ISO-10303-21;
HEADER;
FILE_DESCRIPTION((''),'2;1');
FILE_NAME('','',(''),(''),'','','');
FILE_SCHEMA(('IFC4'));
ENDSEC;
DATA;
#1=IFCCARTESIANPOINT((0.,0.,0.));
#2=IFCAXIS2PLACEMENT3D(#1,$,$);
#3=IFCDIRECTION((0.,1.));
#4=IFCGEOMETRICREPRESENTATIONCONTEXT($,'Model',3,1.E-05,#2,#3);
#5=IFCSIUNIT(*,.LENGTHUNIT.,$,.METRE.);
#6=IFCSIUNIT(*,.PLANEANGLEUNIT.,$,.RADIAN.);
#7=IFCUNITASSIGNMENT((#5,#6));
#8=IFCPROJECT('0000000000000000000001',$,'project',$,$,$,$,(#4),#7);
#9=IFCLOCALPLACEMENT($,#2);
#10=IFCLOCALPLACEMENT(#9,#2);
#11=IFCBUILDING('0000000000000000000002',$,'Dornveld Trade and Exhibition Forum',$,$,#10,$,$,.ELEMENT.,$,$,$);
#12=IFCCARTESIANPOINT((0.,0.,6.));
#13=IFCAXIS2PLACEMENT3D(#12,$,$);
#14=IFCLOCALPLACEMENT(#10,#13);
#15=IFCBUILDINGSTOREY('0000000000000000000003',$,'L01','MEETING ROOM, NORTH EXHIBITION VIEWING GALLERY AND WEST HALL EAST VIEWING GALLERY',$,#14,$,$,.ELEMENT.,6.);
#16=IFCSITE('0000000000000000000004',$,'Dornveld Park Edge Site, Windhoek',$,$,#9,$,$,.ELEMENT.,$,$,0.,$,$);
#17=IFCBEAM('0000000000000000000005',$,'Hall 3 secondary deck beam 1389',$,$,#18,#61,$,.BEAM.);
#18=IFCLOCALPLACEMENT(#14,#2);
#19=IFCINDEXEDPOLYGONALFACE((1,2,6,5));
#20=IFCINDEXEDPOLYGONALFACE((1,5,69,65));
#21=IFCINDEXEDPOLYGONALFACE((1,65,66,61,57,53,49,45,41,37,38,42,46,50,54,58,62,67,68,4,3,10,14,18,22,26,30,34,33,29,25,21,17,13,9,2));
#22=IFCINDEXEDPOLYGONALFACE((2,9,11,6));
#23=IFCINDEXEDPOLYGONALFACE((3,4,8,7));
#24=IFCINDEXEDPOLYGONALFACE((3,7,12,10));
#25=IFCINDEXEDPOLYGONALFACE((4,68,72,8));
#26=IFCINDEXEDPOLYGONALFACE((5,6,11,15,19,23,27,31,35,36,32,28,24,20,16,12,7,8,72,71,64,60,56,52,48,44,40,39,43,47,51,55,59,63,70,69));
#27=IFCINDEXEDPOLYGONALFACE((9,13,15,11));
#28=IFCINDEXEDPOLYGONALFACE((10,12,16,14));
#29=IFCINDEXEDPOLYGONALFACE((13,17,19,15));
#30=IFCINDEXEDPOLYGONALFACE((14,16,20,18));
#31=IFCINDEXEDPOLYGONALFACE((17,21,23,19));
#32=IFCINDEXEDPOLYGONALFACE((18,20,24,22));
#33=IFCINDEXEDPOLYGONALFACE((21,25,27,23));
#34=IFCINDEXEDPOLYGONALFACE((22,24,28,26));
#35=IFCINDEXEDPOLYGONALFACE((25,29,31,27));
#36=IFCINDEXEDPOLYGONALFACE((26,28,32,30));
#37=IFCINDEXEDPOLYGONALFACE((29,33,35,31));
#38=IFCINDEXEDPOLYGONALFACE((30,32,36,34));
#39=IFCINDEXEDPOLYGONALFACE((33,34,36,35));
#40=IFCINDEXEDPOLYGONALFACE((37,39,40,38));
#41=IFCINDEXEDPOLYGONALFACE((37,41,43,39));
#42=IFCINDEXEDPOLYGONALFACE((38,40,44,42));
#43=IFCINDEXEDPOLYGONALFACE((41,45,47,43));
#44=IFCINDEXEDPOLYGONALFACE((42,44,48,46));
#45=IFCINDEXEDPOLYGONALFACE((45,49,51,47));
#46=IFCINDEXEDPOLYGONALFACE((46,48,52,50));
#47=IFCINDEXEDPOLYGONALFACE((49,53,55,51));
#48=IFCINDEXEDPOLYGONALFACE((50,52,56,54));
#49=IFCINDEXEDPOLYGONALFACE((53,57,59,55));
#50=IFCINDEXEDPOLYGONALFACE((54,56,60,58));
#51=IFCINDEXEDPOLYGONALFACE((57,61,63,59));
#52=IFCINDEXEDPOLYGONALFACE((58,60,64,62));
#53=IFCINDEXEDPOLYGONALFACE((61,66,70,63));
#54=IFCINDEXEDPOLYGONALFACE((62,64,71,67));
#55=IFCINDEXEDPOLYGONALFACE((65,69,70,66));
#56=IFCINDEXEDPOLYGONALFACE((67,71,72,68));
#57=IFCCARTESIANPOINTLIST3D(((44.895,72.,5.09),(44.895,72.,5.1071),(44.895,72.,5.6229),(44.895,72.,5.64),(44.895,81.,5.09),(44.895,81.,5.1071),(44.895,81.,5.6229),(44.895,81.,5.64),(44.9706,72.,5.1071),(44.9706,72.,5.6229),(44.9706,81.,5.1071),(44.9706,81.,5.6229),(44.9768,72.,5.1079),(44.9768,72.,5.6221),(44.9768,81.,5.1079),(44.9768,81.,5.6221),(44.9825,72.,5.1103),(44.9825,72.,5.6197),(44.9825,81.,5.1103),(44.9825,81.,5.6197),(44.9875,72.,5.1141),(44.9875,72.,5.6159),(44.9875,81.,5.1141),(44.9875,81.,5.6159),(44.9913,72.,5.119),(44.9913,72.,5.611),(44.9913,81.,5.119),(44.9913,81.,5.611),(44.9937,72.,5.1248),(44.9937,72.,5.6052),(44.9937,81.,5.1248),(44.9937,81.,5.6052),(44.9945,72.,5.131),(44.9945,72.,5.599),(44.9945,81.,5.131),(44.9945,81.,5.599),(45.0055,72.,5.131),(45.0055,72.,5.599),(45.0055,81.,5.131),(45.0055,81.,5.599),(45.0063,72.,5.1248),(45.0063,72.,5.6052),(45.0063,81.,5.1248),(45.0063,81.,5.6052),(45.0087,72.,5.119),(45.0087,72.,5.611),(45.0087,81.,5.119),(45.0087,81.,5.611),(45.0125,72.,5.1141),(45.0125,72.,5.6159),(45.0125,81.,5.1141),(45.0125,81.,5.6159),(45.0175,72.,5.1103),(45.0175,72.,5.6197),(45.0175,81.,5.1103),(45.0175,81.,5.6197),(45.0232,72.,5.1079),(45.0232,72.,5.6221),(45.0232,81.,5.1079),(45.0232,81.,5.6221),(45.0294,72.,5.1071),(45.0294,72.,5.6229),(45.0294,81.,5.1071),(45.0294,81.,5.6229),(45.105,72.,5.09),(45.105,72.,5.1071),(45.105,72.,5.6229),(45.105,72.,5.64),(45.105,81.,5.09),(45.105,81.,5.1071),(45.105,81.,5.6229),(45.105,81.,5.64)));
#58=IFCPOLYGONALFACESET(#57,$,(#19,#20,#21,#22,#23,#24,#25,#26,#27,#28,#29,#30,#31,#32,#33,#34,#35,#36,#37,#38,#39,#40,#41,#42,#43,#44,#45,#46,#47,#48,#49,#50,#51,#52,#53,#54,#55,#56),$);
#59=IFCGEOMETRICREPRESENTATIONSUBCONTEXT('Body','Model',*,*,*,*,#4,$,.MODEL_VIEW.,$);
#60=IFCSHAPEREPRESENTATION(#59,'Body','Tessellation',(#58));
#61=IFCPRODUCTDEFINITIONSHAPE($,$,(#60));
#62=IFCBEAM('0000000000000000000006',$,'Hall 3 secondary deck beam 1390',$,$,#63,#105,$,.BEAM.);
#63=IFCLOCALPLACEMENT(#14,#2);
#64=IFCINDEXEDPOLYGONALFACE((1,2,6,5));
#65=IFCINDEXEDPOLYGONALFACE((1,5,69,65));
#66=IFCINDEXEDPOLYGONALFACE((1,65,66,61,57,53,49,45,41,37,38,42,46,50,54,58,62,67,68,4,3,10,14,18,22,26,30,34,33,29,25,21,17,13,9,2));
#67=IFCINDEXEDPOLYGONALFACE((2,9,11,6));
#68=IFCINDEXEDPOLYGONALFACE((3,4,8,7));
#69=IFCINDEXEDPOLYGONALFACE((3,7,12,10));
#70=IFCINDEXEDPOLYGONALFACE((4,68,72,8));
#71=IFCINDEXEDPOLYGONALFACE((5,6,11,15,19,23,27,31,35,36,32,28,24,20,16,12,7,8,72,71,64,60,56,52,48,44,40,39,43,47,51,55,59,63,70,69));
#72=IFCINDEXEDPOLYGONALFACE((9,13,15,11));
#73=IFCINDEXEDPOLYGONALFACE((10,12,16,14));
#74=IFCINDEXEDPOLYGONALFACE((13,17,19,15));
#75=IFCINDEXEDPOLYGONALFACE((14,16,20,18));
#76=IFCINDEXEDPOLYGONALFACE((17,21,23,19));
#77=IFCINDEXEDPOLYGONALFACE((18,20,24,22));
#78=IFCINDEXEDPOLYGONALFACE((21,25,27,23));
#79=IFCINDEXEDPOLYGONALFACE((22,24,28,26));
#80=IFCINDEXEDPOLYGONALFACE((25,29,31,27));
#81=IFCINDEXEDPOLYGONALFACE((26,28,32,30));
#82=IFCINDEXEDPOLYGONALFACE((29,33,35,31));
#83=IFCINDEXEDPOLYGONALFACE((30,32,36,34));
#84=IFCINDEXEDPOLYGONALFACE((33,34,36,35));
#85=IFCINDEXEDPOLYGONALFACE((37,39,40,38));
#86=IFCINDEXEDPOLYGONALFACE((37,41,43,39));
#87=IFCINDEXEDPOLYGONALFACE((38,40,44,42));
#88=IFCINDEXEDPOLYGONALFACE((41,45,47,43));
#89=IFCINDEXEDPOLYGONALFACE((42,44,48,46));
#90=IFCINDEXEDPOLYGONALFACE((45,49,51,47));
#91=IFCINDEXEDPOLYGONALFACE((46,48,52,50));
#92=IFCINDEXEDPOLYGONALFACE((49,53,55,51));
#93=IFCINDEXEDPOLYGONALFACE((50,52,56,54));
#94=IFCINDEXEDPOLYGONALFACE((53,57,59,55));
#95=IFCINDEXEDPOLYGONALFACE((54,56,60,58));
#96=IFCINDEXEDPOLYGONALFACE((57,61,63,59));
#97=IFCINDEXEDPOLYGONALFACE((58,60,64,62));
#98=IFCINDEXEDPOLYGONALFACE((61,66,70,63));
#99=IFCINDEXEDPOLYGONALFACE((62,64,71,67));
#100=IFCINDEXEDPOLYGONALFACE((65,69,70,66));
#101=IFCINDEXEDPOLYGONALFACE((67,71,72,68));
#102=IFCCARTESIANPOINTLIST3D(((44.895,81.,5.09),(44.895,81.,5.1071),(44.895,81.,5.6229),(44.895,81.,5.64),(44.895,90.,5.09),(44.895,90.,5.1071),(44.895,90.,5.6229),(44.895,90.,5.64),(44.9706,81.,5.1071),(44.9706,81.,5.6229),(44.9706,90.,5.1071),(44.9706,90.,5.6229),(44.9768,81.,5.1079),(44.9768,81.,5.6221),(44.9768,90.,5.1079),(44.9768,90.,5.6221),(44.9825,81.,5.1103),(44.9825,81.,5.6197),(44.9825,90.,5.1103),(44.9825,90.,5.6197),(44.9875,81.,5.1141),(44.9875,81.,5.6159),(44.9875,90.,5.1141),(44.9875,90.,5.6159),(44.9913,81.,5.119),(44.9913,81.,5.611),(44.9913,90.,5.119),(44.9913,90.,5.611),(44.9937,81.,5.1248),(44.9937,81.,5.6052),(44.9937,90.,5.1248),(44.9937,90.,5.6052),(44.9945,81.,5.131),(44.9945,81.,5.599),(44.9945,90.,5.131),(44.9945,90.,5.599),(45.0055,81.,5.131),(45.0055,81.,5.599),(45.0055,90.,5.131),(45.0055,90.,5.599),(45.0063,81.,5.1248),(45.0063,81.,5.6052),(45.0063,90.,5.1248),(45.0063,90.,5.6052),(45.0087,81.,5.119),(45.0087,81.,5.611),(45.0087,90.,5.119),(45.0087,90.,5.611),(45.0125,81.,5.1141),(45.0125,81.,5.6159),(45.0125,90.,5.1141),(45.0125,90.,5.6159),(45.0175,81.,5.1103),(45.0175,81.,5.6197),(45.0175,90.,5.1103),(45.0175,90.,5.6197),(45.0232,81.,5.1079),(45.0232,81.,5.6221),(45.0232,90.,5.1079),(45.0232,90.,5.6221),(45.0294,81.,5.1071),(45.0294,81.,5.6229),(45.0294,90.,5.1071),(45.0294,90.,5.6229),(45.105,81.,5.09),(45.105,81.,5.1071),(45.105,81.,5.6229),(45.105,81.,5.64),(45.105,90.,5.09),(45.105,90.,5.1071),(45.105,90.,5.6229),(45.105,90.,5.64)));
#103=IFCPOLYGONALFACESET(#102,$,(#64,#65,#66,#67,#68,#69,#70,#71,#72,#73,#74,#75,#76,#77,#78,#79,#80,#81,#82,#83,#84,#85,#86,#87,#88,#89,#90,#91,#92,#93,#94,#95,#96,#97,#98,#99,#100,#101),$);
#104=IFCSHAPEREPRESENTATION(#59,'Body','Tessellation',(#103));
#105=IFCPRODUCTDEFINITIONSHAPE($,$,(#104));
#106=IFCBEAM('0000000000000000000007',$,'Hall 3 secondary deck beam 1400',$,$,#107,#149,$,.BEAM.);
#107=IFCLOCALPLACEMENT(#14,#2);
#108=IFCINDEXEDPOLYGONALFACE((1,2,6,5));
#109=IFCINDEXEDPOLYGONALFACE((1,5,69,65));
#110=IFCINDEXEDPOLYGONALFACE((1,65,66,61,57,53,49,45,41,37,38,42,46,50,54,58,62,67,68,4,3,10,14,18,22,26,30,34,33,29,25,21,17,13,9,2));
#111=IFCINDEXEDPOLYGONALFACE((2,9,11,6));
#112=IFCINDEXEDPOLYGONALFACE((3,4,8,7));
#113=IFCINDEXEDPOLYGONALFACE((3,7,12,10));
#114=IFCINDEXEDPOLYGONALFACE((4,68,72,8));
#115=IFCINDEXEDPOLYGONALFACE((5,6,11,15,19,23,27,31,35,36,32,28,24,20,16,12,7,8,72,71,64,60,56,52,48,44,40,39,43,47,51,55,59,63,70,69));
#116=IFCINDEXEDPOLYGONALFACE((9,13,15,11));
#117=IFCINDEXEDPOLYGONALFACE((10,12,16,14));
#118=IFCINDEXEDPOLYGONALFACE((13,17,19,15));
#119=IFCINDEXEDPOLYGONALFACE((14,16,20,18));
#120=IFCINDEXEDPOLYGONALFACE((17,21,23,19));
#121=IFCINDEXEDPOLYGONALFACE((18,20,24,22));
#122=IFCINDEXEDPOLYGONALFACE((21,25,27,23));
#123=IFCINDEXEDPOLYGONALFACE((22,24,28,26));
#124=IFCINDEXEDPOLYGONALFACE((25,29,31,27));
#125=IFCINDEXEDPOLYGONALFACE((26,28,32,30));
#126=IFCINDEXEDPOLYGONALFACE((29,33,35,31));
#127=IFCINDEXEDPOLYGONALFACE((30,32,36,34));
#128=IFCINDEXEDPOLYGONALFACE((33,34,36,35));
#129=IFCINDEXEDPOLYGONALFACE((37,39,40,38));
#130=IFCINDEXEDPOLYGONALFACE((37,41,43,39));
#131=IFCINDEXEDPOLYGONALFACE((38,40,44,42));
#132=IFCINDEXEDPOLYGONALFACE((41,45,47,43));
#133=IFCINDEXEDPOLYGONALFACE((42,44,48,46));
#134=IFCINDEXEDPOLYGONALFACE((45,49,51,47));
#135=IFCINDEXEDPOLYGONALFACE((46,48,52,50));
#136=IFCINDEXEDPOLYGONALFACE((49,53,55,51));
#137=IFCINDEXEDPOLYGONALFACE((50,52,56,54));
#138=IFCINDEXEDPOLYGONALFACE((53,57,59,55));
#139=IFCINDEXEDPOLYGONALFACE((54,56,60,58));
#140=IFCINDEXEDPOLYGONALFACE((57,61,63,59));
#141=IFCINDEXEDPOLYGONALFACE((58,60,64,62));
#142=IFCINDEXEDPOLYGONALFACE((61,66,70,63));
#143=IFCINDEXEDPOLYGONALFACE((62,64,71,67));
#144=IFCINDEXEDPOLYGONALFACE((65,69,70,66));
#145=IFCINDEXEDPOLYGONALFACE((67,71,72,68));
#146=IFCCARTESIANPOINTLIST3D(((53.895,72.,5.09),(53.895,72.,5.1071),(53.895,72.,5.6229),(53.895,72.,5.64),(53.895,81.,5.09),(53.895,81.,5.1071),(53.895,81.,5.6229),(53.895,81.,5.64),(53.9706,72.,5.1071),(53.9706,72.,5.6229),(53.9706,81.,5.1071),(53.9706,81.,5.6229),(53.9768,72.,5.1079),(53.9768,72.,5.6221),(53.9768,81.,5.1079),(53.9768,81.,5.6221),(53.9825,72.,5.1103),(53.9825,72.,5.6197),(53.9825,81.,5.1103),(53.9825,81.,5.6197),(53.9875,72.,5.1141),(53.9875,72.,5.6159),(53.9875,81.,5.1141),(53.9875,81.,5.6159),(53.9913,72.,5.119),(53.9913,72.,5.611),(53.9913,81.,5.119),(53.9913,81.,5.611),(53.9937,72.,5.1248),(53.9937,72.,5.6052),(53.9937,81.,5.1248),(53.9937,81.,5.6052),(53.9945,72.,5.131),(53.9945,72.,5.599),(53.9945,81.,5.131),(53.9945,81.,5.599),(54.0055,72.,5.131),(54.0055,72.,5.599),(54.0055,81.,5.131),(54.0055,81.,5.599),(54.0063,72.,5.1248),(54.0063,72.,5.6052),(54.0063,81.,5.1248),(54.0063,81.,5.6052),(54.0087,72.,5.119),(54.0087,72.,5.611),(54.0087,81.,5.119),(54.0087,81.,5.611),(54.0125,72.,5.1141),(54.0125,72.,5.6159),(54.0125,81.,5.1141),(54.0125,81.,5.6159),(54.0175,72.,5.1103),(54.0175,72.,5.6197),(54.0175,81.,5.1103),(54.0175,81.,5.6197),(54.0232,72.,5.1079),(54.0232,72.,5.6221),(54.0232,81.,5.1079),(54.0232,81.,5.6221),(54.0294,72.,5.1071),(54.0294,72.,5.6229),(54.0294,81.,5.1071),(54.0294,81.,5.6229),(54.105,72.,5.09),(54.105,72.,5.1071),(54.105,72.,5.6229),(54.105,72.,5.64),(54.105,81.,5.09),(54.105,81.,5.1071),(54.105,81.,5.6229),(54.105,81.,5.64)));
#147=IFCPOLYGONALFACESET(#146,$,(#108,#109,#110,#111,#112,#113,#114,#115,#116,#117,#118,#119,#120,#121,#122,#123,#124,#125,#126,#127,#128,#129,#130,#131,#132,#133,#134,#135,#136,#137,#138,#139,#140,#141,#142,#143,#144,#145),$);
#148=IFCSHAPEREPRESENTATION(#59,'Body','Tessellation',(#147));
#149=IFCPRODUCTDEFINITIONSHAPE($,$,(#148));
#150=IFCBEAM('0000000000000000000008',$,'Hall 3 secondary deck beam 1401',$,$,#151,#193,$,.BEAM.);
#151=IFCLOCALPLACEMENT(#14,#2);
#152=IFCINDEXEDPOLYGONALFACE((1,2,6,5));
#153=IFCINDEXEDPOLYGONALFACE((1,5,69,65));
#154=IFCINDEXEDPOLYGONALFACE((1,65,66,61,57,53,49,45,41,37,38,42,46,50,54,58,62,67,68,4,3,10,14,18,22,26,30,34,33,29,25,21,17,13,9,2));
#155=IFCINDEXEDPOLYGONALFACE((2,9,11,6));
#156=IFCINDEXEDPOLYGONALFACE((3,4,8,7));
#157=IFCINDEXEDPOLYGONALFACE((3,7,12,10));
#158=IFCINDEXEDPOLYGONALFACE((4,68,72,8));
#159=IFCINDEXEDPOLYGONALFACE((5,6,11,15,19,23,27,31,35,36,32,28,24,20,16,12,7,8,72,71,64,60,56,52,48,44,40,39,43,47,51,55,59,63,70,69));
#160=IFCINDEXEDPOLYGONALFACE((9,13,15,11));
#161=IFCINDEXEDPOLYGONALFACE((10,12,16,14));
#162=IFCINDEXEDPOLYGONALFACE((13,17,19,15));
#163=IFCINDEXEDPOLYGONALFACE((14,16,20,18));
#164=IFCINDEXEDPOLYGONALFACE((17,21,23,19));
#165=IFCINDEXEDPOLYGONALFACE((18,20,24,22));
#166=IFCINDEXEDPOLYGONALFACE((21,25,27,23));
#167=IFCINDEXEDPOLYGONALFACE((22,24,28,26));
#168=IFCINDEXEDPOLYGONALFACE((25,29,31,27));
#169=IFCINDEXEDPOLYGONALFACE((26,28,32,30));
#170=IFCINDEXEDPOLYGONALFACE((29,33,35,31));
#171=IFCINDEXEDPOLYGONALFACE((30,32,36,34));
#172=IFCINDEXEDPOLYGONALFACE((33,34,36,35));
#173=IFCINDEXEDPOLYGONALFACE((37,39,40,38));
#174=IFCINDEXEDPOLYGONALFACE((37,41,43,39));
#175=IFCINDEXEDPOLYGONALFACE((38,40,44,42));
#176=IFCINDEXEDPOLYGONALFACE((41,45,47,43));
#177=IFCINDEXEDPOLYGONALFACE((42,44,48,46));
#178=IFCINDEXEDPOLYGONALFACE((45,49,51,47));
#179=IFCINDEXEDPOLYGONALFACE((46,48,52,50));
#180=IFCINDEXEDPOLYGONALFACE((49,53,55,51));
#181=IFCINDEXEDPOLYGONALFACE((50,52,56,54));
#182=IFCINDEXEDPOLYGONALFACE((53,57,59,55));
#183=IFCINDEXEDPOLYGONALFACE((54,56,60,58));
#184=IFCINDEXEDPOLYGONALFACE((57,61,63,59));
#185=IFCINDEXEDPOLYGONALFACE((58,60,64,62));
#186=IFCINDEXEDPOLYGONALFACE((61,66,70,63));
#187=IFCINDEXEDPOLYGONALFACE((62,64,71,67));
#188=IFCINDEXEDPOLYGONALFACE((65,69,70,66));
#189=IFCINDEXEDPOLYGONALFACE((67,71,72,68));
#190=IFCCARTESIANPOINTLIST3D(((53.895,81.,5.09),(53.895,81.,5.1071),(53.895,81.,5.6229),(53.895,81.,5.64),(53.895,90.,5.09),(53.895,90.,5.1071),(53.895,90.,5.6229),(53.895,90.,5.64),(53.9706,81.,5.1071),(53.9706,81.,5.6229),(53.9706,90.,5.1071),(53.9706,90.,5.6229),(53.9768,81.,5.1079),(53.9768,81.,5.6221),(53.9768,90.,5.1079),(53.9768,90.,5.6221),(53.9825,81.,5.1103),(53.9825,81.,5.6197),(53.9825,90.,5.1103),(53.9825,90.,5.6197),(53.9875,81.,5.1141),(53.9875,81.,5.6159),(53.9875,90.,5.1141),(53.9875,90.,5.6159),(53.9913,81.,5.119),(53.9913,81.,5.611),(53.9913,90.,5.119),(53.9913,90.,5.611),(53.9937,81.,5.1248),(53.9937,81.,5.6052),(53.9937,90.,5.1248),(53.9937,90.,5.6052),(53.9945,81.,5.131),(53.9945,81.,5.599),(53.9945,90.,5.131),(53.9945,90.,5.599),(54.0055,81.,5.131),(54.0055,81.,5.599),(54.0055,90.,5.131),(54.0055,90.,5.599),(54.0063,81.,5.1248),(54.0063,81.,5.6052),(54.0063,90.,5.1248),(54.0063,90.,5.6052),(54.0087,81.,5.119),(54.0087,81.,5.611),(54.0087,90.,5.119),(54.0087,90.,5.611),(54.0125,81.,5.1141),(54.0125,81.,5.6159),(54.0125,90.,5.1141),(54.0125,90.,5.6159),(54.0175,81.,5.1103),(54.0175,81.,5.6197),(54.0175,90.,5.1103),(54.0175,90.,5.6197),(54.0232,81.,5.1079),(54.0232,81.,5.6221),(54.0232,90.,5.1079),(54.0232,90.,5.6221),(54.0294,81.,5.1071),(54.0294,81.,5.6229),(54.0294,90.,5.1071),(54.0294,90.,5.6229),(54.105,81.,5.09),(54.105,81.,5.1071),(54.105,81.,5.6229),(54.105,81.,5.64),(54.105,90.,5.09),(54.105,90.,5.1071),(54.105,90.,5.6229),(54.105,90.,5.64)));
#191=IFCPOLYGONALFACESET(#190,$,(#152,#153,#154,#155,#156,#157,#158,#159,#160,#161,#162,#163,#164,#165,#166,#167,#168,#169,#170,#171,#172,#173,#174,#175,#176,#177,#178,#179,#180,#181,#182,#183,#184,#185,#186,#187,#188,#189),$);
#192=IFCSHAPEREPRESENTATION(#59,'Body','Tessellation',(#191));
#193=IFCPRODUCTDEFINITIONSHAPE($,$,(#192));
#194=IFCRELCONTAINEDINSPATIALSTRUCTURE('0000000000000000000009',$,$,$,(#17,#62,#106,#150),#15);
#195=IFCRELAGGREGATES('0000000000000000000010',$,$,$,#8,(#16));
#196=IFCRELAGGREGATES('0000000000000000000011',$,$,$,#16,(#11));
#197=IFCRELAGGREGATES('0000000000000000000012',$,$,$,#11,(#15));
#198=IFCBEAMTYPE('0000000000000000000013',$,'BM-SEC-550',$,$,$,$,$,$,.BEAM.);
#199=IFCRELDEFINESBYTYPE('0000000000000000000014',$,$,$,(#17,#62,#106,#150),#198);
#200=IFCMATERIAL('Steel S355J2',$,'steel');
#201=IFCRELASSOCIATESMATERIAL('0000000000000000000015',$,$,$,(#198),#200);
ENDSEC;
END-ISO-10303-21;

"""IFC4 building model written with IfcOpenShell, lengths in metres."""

from ifc_helpers import new_model, si_unit, direction, frame, origin, origin_2d, place, context, subcontext, project, spatial, i_section, extrude, material, material_profile, profile_set, type_object, element, save


model = new_model("IFC4")

# Units and contexts
model_context = context("Model", 3, precision=1e-05, world=origin(), true_north=direction((0.0, 1.0)))
body_context = subcontext(model_context, "Body", "Model", "MODEL_VIEW")
ifc_project = project(units=[si_unit("LENGTHUNIT", "METRE"), si_unit("PLANEANGLEUNIT", "RADIAN")], contexts=[model_context])

# Site, building, storey
site_placement = place(None, origin())
site = spatial("IfcSite", under=ifc_project, at=site_placement, Name="Dornveld Park Edge Site, Windhoek", CompositionType="ELEMENT", RefElevation=0.0)
building_placement = place(site_placement, origin())
building = spatial("IfcBuilding", under=site, at=building_placement, Name="Dornveld Trade and Exhibition Forum", CompositionType="ELEMENT")
storey_placement = place(building_placement, frame((0.0, 0.0, 6.0)))
storey = spatial("IfcBuildingStorey", under=building, at=storey_placement, Name="L01", Description="MEETING ROOM, NORTH EXHIBITION VIEWING GALLERY AND WEST HALL EAST VIEWING GALLERY", CompositionType="ELEMENT", Elevation=6.0)

# Beams
ifc_material_1 = material(Name="Steel S355J2", Category="steel")
ifc_material_profile_1 = material_profile(ifc_material_1, i_section(OverallWidth=0.21, OverallDepth=0.55, WebThickness=0.011, FlangeThickness=0.0171, FilletRadius=0.0239, at=origin_2d()), Name="IPE 550")
ifc_profile_set_1 = profile_set([ifc_material_profile_1], Name="Steel S355J2")
beam_type_1 = type_object("IfcBeamType", Name="BM-SEC-550", PredefinedType="BEAM", material=ifc_profile_set_1)
for number, where, z_axis, x_axis, name in (
    (1, (45.0, 72.0, 5.365), (0.0, 1.0, 0.0), (-1.0, 0.0, 0.0), "Hall 3 secondary deck beam 1389"),
    (2, (45.0, 81.0, 5.365), (0.0, 1.0, 0.0), (-1.0, 0.0, 0.0), "Hall 3 secondary deck beam 1390"),
    (3, (54.0, 72.0, 5.365), (0.0, 1.0, 0.0), (-1.0, 0.0, 0.0), "Hall 3 secondary deck beam 1400"),
    (4, (54.0, 81.0, 5.365), (0.0, 1.0, 0.0), (-1.0, 0.0, 0.0), "Hall 3 secondary deck beam 1401"),
):
    element("IfcBeam", number, at=place(storey_placement, frame(where, z_axis=z_axis, x_axis=x_axis)), inside=storey, type_object=beam_type_1, Name=name, PredefinedType="BEAM", context=body_context, shape_type="SweptSolid", body=[
        extrude(i_section(OverallWidth=0.21, OverallDepth=0.55, WebThickness=0.011, FlangeThickness=0.0171, FilletRadius=0.0239, at=origin_2d()), origin(), (0.0, 0.0, 1.0), 9.0),
    ])

save(model, "model.ifc")
